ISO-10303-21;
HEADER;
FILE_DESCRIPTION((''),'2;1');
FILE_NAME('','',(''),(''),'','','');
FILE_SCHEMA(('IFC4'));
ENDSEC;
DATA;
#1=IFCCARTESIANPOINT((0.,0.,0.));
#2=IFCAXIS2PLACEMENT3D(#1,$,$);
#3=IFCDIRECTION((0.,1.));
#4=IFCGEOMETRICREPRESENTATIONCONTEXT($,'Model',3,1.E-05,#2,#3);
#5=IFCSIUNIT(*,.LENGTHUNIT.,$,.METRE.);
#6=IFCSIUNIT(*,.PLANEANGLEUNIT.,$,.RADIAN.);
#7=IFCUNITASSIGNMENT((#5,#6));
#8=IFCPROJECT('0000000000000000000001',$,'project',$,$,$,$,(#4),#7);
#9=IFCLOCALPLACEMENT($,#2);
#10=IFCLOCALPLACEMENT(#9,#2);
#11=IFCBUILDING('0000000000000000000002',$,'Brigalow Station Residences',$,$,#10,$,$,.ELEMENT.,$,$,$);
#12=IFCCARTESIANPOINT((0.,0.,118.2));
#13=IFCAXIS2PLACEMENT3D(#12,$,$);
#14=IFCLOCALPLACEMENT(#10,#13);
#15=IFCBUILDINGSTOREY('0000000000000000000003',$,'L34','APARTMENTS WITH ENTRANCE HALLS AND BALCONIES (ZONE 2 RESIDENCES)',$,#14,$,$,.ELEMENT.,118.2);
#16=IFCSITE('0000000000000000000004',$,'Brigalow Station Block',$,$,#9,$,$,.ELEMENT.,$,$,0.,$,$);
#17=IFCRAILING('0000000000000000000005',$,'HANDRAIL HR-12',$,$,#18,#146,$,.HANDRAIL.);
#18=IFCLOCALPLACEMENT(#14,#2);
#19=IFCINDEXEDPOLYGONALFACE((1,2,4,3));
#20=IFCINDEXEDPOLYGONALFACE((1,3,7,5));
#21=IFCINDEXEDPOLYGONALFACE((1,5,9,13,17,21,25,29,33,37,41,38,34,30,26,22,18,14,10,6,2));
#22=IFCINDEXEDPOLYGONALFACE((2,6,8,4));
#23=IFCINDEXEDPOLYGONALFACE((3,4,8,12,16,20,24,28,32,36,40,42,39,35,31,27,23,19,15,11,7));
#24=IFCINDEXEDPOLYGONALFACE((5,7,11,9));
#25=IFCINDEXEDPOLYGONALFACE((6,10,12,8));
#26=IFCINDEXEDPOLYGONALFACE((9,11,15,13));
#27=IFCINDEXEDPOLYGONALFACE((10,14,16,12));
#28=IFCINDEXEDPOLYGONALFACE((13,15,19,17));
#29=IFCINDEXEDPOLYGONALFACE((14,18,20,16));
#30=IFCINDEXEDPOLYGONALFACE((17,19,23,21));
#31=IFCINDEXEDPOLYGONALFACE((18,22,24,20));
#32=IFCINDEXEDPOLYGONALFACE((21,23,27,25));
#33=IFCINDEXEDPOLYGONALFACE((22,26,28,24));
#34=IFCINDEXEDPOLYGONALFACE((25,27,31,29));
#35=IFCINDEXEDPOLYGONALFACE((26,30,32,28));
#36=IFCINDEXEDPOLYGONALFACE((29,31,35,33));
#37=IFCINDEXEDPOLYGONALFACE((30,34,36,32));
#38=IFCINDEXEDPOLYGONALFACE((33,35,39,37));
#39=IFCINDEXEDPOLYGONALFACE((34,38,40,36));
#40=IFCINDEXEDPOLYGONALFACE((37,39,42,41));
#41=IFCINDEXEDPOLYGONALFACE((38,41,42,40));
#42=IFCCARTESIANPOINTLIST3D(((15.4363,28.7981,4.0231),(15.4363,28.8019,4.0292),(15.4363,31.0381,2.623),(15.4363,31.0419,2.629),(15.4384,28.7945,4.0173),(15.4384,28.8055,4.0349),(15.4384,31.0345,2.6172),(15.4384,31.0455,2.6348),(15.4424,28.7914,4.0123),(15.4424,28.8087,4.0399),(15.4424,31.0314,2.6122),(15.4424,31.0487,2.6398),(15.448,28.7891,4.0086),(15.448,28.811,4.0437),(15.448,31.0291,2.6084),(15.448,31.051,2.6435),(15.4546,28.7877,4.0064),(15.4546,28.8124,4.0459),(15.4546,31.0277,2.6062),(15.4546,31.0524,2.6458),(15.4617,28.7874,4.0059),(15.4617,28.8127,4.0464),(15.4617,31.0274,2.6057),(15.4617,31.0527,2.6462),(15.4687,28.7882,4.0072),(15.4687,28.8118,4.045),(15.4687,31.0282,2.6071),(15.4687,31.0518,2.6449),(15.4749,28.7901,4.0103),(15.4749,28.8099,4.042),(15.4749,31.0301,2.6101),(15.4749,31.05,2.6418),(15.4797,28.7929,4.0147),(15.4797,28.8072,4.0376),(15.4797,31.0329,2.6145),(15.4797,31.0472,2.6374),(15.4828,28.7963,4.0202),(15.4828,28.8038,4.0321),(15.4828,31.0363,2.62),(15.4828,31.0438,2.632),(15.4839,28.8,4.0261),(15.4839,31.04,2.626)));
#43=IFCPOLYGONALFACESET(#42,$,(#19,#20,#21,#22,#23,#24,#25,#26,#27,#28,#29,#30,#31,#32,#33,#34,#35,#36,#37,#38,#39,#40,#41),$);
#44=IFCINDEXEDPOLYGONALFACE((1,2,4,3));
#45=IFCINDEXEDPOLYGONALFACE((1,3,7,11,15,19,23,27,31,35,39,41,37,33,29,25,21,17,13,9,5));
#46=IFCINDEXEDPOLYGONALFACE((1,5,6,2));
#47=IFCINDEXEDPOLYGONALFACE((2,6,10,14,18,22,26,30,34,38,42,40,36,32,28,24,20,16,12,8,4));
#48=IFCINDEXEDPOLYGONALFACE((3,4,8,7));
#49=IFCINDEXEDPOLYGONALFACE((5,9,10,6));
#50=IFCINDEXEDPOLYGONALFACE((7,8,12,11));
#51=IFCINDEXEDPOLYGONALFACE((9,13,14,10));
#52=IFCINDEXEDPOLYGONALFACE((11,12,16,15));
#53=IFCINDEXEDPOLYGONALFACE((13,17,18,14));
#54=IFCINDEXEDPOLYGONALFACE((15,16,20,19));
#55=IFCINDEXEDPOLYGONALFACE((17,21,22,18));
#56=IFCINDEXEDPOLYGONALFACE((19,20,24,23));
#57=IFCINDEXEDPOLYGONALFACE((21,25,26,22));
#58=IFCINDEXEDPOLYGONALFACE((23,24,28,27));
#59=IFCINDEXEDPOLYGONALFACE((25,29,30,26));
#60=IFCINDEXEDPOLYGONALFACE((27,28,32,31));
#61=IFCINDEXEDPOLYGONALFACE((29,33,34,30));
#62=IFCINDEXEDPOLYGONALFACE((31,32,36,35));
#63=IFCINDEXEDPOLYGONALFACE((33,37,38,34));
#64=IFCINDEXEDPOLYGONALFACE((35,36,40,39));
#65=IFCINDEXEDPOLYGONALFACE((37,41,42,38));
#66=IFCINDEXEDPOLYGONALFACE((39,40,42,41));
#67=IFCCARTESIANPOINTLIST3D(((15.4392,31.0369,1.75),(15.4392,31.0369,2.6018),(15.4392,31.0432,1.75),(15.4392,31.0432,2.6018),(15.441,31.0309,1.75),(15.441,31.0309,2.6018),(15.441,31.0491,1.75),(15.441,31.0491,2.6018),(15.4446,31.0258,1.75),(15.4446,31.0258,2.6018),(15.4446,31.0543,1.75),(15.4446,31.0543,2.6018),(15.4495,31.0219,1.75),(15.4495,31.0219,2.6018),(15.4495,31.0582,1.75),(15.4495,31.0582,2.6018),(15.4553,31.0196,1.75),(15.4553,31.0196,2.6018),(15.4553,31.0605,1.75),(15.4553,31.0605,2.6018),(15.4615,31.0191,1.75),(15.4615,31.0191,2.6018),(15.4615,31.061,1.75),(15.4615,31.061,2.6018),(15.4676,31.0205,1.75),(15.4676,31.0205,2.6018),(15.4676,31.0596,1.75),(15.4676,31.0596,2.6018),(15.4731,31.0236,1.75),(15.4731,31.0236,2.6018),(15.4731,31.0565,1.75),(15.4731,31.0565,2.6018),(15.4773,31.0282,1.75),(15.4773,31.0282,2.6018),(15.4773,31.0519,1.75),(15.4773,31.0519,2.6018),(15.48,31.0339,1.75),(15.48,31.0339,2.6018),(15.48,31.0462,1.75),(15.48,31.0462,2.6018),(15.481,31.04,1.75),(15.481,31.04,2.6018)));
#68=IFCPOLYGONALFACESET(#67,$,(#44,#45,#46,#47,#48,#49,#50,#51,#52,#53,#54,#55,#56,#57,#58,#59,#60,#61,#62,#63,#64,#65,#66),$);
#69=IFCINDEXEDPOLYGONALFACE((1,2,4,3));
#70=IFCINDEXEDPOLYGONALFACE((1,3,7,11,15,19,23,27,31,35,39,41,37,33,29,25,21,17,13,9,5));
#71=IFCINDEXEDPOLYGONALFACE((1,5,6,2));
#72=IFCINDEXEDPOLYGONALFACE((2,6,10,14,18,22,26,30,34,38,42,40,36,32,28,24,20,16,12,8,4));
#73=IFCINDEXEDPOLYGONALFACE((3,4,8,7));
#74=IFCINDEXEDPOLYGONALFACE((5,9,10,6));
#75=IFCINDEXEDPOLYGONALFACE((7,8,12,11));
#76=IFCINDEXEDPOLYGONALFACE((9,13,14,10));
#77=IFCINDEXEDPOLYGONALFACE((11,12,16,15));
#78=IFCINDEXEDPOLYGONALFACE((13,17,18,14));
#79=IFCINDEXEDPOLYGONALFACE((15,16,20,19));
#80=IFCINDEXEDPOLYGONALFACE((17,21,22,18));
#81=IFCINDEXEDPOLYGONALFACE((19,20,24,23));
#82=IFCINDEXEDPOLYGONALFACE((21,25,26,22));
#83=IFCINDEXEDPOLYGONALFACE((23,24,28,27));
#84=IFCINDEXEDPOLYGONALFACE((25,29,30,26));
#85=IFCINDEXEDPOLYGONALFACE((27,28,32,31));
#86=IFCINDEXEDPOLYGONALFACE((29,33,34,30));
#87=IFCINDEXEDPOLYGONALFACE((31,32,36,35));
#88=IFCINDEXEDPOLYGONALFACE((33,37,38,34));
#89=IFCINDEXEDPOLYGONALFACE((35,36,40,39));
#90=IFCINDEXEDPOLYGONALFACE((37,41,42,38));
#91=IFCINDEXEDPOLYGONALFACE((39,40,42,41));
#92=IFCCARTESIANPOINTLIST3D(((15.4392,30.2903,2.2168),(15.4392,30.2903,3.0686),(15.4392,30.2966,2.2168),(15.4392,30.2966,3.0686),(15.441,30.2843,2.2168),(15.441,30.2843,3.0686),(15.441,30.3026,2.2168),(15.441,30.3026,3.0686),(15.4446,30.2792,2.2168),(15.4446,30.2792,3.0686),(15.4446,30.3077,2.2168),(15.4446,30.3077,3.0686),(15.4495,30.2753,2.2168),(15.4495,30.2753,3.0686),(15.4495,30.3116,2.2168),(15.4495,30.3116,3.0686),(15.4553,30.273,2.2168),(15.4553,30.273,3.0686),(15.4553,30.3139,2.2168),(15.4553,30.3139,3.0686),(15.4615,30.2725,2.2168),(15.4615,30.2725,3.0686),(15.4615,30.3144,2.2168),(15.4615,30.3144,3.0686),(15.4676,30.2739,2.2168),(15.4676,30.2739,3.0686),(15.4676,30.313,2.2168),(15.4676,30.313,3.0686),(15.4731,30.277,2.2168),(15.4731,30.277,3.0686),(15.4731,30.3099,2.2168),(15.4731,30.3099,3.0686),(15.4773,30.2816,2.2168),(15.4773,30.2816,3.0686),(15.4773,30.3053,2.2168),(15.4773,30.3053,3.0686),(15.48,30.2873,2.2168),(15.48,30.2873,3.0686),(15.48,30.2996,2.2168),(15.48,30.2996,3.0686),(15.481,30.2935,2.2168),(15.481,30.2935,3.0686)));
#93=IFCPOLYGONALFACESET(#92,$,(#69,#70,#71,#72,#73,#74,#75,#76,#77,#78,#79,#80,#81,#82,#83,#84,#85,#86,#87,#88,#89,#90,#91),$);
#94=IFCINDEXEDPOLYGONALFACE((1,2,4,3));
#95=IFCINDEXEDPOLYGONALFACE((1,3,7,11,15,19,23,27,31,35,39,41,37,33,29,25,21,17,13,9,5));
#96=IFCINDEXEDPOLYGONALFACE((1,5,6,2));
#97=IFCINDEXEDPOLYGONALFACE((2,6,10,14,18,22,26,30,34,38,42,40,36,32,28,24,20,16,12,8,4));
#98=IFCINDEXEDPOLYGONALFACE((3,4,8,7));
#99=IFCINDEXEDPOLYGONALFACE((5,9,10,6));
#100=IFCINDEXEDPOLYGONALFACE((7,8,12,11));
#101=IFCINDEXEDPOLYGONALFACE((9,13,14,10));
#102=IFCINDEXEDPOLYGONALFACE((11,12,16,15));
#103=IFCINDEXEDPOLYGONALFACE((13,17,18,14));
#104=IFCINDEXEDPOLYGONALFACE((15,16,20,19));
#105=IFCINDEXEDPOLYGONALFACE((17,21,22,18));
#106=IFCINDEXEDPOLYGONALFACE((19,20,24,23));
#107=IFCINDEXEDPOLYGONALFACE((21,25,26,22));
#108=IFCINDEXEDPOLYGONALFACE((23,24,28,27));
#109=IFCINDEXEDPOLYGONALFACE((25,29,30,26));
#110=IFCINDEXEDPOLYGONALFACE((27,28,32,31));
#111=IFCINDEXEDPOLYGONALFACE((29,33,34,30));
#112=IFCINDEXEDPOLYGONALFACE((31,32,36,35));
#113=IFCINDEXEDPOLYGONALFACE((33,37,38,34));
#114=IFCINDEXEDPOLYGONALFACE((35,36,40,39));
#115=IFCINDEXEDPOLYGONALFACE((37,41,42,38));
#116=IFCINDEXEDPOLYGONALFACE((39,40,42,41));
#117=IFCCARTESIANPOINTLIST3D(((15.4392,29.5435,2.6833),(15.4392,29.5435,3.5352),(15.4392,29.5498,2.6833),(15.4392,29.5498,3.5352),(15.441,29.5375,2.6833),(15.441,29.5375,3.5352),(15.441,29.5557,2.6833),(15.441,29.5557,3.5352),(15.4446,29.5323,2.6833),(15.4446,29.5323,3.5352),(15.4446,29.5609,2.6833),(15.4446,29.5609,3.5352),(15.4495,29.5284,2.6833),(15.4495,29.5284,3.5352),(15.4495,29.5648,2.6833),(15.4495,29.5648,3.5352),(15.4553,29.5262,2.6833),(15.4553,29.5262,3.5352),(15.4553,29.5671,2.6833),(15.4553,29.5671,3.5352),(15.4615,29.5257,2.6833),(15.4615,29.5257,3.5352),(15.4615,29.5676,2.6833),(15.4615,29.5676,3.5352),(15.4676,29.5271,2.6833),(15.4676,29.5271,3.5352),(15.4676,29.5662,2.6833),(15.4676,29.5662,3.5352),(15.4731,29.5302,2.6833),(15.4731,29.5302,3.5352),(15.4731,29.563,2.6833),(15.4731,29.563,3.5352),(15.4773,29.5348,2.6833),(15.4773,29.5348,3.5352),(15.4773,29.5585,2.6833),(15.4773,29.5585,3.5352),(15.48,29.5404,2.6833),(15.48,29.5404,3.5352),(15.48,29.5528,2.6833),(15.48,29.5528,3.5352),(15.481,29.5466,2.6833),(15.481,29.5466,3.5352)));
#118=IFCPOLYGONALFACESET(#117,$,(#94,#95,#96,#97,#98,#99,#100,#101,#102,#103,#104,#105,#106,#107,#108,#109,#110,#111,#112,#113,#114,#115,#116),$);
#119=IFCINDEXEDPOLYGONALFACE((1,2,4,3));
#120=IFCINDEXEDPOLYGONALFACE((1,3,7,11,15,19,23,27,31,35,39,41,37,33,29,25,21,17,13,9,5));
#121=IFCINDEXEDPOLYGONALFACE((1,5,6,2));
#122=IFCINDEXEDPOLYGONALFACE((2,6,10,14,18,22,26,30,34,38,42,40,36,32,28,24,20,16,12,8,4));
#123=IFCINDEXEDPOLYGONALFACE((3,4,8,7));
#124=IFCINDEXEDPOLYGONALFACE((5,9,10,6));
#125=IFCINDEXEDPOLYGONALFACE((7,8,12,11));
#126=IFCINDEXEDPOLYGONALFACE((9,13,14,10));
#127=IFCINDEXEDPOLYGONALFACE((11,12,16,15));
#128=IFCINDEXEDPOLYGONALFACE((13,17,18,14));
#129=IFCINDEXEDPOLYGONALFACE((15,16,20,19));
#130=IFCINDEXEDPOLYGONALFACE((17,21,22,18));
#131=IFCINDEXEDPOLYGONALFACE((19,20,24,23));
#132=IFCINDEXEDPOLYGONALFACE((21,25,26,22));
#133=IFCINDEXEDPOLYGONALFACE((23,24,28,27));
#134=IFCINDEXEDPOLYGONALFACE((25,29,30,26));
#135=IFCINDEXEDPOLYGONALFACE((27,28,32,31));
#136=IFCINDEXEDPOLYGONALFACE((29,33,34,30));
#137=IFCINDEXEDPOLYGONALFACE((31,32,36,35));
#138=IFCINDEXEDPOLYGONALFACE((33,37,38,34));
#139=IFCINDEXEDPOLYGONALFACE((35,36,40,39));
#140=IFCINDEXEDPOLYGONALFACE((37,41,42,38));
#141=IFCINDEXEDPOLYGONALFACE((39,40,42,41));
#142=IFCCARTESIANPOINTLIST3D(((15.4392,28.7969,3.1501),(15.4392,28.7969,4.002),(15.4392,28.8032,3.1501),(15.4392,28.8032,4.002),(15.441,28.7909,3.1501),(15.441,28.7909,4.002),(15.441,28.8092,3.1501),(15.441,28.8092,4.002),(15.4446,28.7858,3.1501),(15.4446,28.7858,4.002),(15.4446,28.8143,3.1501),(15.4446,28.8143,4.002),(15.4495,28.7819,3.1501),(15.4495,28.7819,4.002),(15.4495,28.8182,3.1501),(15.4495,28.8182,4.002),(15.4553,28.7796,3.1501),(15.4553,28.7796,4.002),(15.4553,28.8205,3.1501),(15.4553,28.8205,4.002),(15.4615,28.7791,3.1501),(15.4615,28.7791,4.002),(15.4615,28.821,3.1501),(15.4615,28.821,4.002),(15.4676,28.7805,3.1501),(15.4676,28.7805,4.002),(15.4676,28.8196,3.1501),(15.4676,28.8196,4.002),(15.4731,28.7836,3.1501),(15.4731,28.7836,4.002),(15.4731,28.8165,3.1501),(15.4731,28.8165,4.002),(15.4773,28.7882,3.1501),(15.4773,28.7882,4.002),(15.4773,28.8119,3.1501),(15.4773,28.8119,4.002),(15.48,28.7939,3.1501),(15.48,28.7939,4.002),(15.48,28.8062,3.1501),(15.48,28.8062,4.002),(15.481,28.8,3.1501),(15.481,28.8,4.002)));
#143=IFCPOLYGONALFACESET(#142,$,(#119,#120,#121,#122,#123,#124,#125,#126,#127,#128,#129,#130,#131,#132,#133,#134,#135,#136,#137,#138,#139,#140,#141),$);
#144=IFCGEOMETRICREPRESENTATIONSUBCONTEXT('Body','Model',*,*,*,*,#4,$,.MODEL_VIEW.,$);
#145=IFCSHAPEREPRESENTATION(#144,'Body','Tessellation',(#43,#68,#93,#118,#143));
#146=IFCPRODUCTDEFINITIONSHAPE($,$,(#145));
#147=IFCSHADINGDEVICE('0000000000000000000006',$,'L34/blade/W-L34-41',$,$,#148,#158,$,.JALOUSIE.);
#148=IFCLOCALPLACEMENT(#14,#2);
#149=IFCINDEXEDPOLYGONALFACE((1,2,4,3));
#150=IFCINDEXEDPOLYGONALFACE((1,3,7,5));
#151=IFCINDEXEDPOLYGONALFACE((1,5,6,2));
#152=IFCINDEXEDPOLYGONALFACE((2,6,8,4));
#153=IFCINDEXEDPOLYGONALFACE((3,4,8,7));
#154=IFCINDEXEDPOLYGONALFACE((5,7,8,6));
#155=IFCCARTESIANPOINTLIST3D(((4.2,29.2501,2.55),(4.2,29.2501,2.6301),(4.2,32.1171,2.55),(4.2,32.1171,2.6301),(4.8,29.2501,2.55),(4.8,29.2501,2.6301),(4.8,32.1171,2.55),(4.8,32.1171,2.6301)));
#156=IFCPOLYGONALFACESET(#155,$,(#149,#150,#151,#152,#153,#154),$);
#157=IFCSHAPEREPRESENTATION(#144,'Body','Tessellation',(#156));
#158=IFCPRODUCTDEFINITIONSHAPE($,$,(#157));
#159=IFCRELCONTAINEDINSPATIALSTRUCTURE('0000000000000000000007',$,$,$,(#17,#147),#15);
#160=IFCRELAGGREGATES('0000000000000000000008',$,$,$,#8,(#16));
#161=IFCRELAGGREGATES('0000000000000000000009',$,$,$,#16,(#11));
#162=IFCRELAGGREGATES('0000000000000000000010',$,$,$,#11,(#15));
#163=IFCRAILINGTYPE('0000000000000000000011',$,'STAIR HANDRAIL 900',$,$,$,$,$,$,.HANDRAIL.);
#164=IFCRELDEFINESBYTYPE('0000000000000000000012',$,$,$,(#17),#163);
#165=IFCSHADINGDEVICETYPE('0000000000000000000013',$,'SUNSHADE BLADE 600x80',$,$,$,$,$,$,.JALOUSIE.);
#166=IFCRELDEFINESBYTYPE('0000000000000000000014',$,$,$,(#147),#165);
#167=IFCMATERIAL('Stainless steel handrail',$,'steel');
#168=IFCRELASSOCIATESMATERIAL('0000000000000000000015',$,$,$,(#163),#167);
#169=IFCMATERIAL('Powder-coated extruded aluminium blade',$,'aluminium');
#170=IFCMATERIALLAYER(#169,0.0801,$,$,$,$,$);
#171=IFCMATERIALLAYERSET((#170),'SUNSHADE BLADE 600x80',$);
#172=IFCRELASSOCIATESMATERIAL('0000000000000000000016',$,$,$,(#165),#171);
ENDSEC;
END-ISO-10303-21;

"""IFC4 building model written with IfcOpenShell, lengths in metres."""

from ifc_helpers import new_model, si_unit, direction, frame, origin, origin_2d, place, context, subcontext, project, spatial, rectangle, circle, extrude, material, layer, layer_set, type_object, element, save


model = new_model("IFC4")

# Units and contexts
model_context = context("Model", 3, precision=1e-05, world=origin(), true_north=direction((0.0, 1.0)))
body_context = subcontext(model_context, "Body", "Model", "MODEL_VIEW")
ifc_project = project(units=[si_unit("LENGTHUNIT", "METRE"), si_unit("PLANEANGLEUNIT", "RADIAN")], contexts=[model_context])

# Site, building, storey
site_placement = place(None, origin())
site = spatial("IfcSite", under=ifc_project, at=site_placement, Name="Brigalow Station Block", CompositionType="ELEMENT", RefElevation=0.0)
building_placement = place(site_placement, origin())
building = spatial("IfcBuilding", under=site, at=building_placement, Name="Brigalow Station Residences", CompositionType="ELEMENT")
storey_placement = place(building_placement, frame((0.0, 0.0, 118.2)))
storey = spatial("IfcBuildingStorey", under=building, at=storey_placement, Name="L34", Description="APARTMENTS WITH ENTRANCE HALLS AND BALCONIES (ZONE 2 RESIDENCES)", CompositionType="ELEMENT", Elevation=118.2)

# Railing
ifc_material_1 = material(Name="Stainless steel handrail", Category="steel")
railing_type_1 = type_object("IfcRailingType", Name="STAIR HANDRAIL 900", PredefinedType="HANDRAIL", material=ifc_material_1)
railing_1_placement = place(storey_placement, frame((15.46, 31.04, 1.75)))
element("IfcRailing", 1, at=railing_1_placement, inside=storey, type_object=railing_type_1, Name="HANDRAIL HR-12", PredefinedType="HANDRAIL", context=body_context, shape_type="SweptSolid", body=[
    extrude(circle(Radius=0.0239, at=origin_2d()), frame((0.0, 0.0, 0.876), z_axis=(0.0, -0.847972, 0.53004), x_axis=(1.0, 0.0, 0.0)), (0.0, 0.0, 1.0), 2.6416),
    extrude(circle(Radius=0.021, at=origin_2d()), origin(), (0.0, 0.0, 1.0), 0.8518),
    extrude(circle(Radius=0.021, at=origin_2d()), frame((0.0, -0.7466, 0.4668)), (0.0, 0.0, 1.0), 0.8518),
    extrude(circle(Radius=0.021, at=origin_2d()), frame((0.0, -1.4934, 0.9333)), (0.0, 0.0, 1.0), 0.8518),
    extrude(circle(Radius=0.021, at=origin_2d()), frame((0.0, -2.24, 1.4001)), (0.0, 0.0, 1.0), 0.8518),
])

# Shading device
ifc_material_2 = material(Name="Powder-coated extruded aluminium blade", Category="aluminium")
ifc_layer_1 = layer(ifc_material_2, 0.0801)
ifc_layer_set_1 = layer_set([ifc_layer_1], Name="SUNSHADE BLADE 600x80")
shading_device_type = type_object("IfcShadingDeviceType", Name="SUNSHADE BLADE 600x80", PredefinedType="JALOUSIE", material=ifc_layer_set_1)
shading_device_placement = place(storey_placement, frame((4.5, 30.6836, 2.55), z_axis=(0.0, 0.0, 1.0), x_axis=(0.0, -1.0, 0.0)))
element("IfcShadingDevice", 2, at=shading_device_placement, inside=storey, type_object=shading_device_type, Name="L34/blade/W-L34-41", PredefinedType="JALOUSIE", context=body_context, shape_type="SweptSolid", body=[
    extrude(rectangle(XDim=2.8669, YDim=0.6001, at=origin_2d()), origin(), (0.0, 0.0, 1.0), 0.0801),
])

save(model, "model.ifc")
